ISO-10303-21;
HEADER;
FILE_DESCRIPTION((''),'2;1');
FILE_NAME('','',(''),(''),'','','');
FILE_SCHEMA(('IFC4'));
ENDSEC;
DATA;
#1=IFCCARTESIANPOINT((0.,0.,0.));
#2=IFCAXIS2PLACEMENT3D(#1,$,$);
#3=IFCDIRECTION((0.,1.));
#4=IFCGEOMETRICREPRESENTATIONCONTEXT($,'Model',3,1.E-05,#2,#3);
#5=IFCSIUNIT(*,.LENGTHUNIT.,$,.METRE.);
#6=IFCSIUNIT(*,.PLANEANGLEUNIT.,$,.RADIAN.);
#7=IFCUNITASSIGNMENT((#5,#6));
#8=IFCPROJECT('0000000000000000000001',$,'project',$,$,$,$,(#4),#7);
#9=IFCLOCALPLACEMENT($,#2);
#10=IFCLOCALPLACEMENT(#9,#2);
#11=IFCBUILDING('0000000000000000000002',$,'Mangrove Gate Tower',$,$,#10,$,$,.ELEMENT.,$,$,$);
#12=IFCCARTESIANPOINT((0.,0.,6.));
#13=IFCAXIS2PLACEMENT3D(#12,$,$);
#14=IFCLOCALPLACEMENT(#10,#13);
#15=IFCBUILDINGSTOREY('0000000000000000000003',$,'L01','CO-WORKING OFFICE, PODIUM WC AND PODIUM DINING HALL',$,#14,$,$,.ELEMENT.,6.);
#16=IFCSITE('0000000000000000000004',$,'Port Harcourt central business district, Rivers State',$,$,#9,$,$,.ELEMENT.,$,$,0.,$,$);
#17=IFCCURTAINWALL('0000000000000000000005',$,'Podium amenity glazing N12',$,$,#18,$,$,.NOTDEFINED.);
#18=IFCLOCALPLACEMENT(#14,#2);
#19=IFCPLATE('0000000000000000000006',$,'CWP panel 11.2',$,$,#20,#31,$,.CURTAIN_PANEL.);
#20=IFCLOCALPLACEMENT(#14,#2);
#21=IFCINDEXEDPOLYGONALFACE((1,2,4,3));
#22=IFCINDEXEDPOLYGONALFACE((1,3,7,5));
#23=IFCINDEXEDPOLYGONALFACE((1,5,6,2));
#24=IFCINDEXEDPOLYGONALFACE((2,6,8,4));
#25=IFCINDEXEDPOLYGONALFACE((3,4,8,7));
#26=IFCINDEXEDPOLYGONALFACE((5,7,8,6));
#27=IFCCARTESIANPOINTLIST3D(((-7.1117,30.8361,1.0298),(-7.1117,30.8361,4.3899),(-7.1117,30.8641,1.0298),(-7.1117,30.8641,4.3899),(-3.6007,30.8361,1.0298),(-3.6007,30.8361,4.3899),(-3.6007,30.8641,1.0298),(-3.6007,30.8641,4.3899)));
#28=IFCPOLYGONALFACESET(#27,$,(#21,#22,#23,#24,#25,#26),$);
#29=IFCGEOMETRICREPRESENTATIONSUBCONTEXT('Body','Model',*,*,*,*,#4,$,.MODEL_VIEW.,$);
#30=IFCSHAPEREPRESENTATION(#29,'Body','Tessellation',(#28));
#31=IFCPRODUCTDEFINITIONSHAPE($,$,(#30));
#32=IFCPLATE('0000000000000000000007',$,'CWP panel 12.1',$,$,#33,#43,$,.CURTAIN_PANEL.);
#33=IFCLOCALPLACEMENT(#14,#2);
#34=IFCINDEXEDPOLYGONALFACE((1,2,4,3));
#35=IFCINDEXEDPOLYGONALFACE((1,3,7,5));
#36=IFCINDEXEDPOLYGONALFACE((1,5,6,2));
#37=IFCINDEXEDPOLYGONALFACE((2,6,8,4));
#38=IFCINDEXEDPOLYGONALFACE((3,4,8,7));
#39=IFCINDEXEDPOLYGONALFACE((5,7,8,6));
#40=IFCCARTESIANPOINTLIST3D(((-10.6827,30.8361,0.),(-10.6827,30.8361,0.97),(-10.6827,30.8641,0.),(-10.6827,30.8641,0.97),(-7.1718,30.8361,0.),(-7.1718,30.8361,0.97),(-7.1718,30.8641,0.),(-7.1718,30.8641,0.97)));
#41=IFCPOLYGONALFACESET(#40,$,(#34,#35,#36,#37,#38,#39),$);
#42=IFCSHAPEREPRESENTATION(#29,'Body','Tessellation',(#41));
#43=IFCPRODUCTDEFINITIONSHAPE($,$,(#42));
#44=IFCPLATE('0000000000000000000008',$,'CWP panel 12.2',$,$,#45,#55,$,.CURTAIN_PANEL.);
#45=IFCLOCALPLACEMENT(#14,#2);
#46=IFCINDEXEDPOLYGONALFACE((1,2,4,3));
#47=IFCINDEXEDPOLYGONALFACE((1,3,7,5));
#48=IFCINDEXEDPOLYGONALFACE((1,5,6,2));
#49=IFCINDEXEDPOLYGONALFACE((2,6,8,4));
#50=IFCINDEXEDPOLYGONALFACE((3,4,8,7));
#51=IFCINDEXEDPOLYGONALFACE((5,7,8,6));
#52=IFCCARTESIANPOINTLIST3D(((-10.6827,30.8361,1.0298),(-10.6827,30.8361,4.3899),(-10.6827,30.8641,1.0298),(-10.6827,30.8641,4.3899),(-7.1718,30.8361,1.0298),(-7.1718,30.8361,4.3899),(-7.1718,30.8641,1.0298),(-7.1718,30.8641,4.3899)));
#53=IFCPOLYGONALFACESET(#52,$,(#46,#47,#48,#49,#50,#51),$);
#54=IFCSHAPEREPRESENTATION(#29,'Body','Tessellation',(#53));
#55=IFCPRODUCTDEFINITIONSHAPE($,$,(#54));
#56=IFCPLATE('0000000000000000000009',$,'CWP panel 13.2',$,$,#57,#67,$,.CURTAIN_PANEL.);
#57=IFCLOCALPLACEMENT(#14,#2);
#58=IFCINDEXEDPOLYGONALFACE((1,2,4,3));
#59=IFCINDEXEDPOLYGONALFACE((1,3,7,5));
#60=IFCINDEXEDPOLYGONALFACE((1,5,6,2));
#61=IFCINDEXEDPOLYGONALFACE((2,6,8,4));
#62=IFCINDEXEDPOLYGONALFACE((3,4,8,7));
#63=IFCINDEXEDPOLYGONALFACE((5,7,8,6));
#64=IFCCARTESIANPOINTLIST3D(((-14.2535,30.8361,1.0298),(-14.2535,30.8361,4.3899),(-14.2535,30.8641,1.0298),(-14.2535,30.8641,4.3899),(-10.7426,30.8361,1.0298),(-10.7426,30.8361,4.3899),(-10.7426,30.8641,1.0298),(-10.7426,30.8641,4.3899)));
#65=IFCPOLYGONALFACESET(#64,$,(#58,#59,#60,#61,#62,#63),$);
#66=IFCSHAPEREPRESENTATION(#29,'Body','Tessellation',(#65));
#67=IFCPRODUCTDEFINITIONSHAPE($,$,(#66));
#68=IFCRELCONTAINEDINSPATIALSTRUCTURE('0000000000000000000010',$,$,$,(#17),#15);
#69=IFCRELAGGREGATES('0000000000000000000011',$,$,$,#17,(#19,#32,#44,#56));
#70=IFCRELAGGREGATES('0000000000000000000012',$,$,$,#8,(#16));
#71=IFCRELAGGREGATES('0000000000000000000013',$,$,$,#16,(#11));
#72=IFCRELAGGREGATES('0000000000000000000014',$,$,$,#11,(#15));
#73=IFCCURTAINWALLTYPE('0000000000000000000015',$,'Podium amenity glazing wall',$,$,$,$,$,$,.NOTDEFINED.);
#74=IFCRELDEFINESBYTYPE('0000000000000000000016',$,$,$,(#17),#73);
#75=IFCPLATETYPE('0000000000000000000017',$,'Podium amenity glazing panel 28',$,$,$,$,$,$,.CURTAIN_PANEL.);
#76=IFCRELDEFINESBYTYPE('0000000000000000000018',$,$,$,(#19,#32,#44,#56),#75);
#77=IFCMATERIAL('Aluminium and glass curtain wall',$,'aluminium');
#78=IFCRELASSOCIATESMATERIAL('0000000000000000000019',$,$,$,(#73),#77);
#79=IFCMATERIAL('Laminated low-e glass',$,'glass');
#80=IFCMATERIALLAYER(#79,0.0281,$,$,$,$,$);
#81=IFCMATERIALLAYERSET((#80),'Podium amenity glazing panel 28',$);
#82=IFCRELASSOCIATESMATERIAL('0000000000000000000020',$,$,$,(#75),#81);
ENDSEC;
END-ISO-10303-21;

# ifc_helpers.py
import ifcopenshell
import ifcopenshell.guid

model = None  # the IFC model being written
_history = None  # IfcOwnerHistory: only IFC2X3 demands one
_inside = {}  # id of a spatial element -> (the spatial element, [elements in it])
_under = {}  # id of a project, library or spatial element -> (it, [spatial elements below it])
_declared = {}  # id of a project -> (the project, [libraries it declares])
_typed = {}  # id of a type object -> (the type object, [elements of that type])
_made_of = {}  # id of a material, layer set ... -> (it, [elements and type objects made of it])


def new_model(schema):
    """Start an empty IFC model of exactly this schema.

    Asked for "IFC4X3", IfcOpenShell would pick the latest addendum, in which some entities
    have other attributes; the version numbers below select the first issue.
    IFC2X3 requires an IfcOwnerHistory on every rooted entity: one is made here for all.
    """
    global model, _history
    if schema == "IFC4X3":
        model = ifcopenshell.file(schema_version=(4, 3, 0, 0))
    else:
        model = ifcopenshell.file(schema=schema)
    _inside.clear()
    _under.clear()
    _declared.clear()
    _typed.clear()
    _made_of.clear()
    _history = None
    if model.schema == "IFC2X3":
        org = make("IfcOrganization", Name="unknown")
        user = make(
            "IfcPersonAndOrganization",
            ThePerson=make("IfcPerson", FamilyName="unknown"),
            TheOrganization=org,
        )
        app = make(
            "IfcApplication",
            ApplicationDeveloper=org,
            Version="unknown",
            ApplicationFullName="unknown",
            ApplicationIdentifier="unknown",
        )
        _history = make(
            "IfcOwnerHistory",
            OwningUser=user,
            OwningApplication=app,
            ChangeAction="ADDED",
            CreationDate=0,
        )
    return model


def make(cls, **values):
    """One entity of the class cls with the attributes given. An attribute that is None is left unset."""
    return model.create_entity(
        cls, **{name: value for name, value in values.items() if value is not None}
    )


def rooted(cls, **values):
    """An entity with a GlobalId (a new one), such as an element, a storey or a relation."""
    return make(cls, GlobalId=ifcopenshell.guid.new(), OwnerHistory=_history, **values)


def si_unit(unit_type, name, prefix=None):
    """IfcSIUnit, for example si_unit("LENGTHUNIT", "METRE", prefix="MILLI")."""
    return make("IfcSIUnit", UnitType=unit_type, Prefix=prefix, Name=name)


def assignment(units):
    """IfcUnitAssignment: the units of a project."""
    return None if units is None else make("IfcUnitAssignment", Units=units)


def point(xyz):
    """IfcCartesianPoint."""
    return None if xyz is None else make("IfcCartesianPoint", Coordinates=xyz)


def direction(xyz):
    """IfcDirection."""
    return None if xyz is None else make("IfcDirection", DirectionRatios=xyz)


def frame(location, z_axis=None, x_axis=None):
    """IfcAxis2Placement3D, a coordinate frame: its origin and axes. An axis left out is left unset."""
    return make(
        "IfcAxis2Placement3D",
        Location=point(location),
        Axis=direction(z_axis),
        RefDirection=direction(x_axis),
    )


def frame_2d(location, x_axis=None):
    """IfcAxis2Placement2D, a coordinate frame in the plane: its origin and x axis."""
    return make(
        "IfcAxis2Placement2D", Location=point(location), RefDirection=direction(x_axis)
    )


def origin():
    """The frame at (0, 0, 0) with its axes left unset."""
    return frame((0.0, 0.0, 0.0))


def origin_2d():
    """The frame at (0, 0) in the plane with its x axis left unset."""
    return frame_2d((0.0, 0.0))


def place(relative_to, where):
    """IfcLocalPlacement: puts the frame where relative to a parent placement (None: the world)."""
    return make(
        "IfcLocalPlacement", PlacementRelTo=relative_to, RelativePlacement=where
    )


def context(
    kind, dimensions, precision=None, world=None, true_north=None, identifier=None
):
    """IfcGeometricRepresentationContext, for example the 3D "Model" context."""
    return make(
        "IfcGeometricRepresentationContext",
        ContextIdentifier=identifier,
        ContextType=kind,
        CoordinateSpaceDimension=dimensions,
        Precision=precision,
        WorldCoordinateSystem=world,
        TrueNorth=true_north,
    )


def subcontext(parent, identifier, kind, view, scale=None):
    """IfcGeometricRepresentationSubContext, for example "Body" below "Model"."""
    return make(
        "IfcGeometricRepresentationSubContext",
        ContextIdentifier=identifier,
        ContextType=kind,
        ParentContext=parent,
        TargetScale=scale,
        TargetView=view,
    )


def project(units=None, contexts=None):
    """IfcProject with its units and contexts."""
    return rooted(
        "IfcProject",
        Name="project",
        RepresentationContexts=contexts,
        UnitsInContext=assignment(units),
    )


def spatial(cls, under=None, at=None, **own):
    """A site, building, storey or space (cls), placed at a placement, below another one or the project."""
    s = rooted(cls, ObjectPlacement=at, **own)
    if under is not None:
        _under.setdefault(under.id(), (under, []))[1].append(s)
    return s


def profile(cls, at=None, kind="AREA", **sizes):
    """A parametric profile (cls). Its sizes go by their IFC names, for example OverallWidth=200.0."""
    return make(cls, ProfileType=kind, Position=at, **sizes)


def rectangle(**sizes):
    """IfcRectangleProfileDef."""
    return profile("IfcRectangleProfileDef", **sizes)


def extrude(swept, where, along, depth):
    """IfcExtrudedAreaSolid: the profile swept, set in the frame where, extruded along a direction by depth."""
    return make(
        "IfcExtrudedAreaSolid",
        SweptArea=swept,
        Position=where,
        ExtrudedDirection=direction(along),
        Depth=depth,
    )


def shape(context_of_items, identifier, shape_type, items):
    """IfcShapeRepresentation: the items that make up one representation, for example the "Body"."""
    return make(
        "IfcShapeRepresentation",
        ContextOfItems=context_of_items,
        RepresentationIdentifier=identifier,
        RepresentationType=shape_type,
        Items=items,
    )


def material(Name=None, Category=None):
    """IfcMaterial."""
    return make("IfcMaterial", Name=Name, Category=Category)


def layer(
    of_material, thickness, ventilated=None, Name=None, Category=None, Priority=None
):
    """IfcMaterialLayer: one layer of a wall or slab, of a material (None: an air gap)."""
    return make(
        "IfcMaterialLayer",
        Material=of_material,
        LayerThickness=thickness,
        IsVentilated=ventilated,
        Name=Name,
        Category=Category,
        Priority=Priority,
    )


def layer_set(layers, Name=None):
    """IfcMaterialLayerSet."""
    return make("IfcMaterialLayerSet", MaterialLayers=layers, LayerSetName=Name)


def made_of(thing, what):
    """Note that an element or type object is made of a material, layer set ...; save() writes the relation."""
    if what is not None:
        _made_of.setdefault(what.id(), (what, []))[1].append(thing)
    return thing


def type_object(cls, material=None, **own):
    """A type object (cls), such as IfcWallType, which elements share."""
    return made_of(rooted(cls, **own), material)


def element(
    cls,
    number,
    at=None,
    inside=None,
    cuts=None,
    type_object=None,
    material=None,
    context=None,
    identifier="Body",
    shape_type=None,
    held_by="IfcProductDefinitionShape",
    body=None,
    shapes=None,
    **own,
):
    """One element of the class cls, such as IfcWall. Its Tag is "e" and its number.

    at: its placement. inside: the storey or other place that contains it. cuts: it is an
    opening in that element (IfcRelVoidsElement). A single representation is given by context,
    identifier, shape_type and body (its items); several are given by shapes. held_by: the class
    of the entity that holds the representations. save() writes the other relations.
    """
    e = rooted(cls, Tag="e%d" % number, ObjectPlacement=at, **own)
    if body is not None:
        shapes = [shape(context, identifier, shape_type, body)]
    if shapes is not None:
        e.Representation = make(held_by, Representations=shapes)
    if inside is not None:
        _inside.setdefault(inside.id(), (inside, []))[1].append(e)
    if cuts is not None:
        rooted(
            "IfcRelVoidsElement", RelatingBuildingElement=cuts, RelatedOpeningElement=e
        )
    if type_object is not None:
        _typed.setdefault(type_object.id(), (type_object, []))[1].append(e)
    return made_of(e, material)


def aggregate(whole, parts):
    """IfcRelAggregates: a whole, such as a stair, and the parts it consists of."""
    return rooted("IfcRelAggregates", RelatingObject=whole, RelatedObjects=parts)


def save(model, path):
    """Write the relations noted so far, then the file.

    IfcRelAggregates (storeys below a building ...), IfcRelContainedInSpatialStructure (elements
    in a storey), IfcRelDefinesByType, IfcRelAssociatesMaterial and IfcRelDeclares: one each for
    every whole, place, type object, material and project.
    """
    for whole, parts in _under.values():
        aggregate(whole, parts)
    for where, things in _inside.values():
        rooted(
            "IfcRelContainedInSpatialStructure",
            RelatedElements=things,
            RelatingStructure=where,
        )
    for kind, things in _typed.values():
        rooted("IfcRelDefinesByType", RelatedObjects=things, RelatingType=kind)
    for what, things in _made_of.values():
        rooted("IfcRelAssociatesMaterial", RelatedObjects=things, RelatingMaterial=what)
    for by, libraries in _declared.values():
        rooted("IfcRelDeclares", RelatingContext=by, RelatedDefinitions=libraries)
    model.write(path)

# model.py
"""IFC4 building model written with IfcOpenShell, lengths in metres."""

from ifc_helpers import new_model, si_unit, direction, frame, origin, origin_2d, place, context, subcontext, project, spatial, rectangle, extrude, material, layer, layer_set, type_object, element, aggregate, save


model = new_model("IFC4")

# Units and contexts
model_context = context("Model", 3, precision=1e-05, world=origin(), true_north=direction((0.0, 1.0)))
body_context = subcontext(model_context, "Body", "Model", "MODEL_VIEW")
ifc_project = project(units=[si_unit("LENGTHUNIT", "METRE"), si_unit("PLANEANGLEUNIT", "RADIAN")], contexts=[model_context])

# Site, building, storey
site_placement = place(None, origin())
site = spatial("IfcSite", under=ifc_project, at=site_placement, Name="Port Harcourt central business district, Rivers State", CompositionType="ELEMENT", RefElevation=0.0)
building_placement = place(site_placement, origin())
building = spatial("IfcBuilding", under=site, at=building_placement, Name="Mangrove Gate Tower", CompositionType="ELEMENT")
storey_placement = place(building_placement, frame((0.0, 0.0, 6.0)))
storey = spatial("IfcBuildingStorey", under=building, at=storey_placement, Name="L01", Description="CO-WORKING OFFICE, PODIUM WC AND PODIUM DINING HALL", CompositionType="ELEMENT", Elevation=6.0)

# Curtain wall, plates
ifc_material_1 = material(Name="Aluminium and glass curtain wall", Category="aluminium")
curtain_wall_type = type_object("IfcCurtainWallType", Name="Podium amenity glazing wall", PredefinedType="NOTDEFINED", material=ifc_material_1)
curtain_wall_placement = place(storey_placement, origin())
curtain_wall = element("IfcCurtainWall", 1, at=curtain_wall_placement, inside=storey, type_object=curtain_wall_type, Name="Podium amenity glazing N12", PredefinedType="NOTDEFINED")
ifc_material_2 = material(Name="Laminated low-e glass", Category="glass")
ifc_layer = layer(ifc_material_2, 0.0281)
ifc_layer_set = layer_set([ifc_layer], Name="Podium amenity glazing panel 28")
plate_type = type_object("IfcPlateType", Name="Podium amenity glazing panel 28", PredefinedType="CURTAIN_PANEL", material=ifc_layer_set)
plate_1_placement = place(storey_placement, frame((-5.3562, 30.8501, 1.0298), z_axis=(0.0, 0.0, 1.0), x_axis=(-1.0, 0.0, 0.0)))
plate_1 = element("IfcPlate", 2, at=plate_1_placement, type_object=plate_type, Name="CWP panel 11.2", PredefinedType="CURTAIN_PANEL", context=body_context, shape_type="SweptSolid", body=[
    extrude(rectangle(XDim=3.511, YDim=0.0281, at=origin_2d()), origin(), (0.0, 0.0, 1.0), 3.3601),
])
plate_2_placement = place(storey_placement, frame((-8.9272, 30.8501, 0.0), z_axis=(0.0, 0.0, 1.0), x_axis=(-1.0, 0.0, 0.0)))
plate_2 = element("IfcPlate", 3, at=plate_2_placement, type_object=plate_type, Name="CWP panel 12.1", PredefinedType="CURTAIN_PANEL", context=body_context, shape_type="SweptSolid", body=[
    extrude(rectangle(XDim=3.511, YDim=0.0281, at=origin_2d()), origin(), (0.0, 0.0, 1.0), 0.97),
])
plate_3_placement = place(storey_placement, frame((-8.9272, 30.8501, 1.0298), z_axis=(0.0, 0.0, 1.0), x_axis=(-1.0, 0.0, 0.0)))
plate_3 = element("IfcPlate", 4, at=plate_3_placement, type_object=plate_type, Name="CWP panel 12.2", PredefinedType="CURTAIN_PANEL", context=body_context, shape_type="SweptSolid", body=[
    extrude(rectangle(XDim=3.511, YDim=0.0281, at=origin_2d()), origin(), (0.0, 0.0, 1.0), 3.3601),
])
plate_4_placement = place(storey_placement, frame((-12.498, 30.8501, 1.0298), z_axis=(0.0, 0.0, 1.0), x_axis=(-1.0, 0.0, 0.0)))
plate_4 = element("IfcPlate", 5, at=plate_4_placement, type_object=plate_type, Name="CWP panel 13.2", PredefinedType="CURTAIN_PANEL", context=body_context, shape_type="SweptSolid", body=[
    extrude(rectangle(XDim=3.511, YDim=0.0281, at=origin_2d()), origin(), (0.0, 0.0, 1.0), 3.3601),
])
aggregate(curtain_wall, [plate_1, plate_2, plate_3, plate_4])

save(model, "model.ifc")
